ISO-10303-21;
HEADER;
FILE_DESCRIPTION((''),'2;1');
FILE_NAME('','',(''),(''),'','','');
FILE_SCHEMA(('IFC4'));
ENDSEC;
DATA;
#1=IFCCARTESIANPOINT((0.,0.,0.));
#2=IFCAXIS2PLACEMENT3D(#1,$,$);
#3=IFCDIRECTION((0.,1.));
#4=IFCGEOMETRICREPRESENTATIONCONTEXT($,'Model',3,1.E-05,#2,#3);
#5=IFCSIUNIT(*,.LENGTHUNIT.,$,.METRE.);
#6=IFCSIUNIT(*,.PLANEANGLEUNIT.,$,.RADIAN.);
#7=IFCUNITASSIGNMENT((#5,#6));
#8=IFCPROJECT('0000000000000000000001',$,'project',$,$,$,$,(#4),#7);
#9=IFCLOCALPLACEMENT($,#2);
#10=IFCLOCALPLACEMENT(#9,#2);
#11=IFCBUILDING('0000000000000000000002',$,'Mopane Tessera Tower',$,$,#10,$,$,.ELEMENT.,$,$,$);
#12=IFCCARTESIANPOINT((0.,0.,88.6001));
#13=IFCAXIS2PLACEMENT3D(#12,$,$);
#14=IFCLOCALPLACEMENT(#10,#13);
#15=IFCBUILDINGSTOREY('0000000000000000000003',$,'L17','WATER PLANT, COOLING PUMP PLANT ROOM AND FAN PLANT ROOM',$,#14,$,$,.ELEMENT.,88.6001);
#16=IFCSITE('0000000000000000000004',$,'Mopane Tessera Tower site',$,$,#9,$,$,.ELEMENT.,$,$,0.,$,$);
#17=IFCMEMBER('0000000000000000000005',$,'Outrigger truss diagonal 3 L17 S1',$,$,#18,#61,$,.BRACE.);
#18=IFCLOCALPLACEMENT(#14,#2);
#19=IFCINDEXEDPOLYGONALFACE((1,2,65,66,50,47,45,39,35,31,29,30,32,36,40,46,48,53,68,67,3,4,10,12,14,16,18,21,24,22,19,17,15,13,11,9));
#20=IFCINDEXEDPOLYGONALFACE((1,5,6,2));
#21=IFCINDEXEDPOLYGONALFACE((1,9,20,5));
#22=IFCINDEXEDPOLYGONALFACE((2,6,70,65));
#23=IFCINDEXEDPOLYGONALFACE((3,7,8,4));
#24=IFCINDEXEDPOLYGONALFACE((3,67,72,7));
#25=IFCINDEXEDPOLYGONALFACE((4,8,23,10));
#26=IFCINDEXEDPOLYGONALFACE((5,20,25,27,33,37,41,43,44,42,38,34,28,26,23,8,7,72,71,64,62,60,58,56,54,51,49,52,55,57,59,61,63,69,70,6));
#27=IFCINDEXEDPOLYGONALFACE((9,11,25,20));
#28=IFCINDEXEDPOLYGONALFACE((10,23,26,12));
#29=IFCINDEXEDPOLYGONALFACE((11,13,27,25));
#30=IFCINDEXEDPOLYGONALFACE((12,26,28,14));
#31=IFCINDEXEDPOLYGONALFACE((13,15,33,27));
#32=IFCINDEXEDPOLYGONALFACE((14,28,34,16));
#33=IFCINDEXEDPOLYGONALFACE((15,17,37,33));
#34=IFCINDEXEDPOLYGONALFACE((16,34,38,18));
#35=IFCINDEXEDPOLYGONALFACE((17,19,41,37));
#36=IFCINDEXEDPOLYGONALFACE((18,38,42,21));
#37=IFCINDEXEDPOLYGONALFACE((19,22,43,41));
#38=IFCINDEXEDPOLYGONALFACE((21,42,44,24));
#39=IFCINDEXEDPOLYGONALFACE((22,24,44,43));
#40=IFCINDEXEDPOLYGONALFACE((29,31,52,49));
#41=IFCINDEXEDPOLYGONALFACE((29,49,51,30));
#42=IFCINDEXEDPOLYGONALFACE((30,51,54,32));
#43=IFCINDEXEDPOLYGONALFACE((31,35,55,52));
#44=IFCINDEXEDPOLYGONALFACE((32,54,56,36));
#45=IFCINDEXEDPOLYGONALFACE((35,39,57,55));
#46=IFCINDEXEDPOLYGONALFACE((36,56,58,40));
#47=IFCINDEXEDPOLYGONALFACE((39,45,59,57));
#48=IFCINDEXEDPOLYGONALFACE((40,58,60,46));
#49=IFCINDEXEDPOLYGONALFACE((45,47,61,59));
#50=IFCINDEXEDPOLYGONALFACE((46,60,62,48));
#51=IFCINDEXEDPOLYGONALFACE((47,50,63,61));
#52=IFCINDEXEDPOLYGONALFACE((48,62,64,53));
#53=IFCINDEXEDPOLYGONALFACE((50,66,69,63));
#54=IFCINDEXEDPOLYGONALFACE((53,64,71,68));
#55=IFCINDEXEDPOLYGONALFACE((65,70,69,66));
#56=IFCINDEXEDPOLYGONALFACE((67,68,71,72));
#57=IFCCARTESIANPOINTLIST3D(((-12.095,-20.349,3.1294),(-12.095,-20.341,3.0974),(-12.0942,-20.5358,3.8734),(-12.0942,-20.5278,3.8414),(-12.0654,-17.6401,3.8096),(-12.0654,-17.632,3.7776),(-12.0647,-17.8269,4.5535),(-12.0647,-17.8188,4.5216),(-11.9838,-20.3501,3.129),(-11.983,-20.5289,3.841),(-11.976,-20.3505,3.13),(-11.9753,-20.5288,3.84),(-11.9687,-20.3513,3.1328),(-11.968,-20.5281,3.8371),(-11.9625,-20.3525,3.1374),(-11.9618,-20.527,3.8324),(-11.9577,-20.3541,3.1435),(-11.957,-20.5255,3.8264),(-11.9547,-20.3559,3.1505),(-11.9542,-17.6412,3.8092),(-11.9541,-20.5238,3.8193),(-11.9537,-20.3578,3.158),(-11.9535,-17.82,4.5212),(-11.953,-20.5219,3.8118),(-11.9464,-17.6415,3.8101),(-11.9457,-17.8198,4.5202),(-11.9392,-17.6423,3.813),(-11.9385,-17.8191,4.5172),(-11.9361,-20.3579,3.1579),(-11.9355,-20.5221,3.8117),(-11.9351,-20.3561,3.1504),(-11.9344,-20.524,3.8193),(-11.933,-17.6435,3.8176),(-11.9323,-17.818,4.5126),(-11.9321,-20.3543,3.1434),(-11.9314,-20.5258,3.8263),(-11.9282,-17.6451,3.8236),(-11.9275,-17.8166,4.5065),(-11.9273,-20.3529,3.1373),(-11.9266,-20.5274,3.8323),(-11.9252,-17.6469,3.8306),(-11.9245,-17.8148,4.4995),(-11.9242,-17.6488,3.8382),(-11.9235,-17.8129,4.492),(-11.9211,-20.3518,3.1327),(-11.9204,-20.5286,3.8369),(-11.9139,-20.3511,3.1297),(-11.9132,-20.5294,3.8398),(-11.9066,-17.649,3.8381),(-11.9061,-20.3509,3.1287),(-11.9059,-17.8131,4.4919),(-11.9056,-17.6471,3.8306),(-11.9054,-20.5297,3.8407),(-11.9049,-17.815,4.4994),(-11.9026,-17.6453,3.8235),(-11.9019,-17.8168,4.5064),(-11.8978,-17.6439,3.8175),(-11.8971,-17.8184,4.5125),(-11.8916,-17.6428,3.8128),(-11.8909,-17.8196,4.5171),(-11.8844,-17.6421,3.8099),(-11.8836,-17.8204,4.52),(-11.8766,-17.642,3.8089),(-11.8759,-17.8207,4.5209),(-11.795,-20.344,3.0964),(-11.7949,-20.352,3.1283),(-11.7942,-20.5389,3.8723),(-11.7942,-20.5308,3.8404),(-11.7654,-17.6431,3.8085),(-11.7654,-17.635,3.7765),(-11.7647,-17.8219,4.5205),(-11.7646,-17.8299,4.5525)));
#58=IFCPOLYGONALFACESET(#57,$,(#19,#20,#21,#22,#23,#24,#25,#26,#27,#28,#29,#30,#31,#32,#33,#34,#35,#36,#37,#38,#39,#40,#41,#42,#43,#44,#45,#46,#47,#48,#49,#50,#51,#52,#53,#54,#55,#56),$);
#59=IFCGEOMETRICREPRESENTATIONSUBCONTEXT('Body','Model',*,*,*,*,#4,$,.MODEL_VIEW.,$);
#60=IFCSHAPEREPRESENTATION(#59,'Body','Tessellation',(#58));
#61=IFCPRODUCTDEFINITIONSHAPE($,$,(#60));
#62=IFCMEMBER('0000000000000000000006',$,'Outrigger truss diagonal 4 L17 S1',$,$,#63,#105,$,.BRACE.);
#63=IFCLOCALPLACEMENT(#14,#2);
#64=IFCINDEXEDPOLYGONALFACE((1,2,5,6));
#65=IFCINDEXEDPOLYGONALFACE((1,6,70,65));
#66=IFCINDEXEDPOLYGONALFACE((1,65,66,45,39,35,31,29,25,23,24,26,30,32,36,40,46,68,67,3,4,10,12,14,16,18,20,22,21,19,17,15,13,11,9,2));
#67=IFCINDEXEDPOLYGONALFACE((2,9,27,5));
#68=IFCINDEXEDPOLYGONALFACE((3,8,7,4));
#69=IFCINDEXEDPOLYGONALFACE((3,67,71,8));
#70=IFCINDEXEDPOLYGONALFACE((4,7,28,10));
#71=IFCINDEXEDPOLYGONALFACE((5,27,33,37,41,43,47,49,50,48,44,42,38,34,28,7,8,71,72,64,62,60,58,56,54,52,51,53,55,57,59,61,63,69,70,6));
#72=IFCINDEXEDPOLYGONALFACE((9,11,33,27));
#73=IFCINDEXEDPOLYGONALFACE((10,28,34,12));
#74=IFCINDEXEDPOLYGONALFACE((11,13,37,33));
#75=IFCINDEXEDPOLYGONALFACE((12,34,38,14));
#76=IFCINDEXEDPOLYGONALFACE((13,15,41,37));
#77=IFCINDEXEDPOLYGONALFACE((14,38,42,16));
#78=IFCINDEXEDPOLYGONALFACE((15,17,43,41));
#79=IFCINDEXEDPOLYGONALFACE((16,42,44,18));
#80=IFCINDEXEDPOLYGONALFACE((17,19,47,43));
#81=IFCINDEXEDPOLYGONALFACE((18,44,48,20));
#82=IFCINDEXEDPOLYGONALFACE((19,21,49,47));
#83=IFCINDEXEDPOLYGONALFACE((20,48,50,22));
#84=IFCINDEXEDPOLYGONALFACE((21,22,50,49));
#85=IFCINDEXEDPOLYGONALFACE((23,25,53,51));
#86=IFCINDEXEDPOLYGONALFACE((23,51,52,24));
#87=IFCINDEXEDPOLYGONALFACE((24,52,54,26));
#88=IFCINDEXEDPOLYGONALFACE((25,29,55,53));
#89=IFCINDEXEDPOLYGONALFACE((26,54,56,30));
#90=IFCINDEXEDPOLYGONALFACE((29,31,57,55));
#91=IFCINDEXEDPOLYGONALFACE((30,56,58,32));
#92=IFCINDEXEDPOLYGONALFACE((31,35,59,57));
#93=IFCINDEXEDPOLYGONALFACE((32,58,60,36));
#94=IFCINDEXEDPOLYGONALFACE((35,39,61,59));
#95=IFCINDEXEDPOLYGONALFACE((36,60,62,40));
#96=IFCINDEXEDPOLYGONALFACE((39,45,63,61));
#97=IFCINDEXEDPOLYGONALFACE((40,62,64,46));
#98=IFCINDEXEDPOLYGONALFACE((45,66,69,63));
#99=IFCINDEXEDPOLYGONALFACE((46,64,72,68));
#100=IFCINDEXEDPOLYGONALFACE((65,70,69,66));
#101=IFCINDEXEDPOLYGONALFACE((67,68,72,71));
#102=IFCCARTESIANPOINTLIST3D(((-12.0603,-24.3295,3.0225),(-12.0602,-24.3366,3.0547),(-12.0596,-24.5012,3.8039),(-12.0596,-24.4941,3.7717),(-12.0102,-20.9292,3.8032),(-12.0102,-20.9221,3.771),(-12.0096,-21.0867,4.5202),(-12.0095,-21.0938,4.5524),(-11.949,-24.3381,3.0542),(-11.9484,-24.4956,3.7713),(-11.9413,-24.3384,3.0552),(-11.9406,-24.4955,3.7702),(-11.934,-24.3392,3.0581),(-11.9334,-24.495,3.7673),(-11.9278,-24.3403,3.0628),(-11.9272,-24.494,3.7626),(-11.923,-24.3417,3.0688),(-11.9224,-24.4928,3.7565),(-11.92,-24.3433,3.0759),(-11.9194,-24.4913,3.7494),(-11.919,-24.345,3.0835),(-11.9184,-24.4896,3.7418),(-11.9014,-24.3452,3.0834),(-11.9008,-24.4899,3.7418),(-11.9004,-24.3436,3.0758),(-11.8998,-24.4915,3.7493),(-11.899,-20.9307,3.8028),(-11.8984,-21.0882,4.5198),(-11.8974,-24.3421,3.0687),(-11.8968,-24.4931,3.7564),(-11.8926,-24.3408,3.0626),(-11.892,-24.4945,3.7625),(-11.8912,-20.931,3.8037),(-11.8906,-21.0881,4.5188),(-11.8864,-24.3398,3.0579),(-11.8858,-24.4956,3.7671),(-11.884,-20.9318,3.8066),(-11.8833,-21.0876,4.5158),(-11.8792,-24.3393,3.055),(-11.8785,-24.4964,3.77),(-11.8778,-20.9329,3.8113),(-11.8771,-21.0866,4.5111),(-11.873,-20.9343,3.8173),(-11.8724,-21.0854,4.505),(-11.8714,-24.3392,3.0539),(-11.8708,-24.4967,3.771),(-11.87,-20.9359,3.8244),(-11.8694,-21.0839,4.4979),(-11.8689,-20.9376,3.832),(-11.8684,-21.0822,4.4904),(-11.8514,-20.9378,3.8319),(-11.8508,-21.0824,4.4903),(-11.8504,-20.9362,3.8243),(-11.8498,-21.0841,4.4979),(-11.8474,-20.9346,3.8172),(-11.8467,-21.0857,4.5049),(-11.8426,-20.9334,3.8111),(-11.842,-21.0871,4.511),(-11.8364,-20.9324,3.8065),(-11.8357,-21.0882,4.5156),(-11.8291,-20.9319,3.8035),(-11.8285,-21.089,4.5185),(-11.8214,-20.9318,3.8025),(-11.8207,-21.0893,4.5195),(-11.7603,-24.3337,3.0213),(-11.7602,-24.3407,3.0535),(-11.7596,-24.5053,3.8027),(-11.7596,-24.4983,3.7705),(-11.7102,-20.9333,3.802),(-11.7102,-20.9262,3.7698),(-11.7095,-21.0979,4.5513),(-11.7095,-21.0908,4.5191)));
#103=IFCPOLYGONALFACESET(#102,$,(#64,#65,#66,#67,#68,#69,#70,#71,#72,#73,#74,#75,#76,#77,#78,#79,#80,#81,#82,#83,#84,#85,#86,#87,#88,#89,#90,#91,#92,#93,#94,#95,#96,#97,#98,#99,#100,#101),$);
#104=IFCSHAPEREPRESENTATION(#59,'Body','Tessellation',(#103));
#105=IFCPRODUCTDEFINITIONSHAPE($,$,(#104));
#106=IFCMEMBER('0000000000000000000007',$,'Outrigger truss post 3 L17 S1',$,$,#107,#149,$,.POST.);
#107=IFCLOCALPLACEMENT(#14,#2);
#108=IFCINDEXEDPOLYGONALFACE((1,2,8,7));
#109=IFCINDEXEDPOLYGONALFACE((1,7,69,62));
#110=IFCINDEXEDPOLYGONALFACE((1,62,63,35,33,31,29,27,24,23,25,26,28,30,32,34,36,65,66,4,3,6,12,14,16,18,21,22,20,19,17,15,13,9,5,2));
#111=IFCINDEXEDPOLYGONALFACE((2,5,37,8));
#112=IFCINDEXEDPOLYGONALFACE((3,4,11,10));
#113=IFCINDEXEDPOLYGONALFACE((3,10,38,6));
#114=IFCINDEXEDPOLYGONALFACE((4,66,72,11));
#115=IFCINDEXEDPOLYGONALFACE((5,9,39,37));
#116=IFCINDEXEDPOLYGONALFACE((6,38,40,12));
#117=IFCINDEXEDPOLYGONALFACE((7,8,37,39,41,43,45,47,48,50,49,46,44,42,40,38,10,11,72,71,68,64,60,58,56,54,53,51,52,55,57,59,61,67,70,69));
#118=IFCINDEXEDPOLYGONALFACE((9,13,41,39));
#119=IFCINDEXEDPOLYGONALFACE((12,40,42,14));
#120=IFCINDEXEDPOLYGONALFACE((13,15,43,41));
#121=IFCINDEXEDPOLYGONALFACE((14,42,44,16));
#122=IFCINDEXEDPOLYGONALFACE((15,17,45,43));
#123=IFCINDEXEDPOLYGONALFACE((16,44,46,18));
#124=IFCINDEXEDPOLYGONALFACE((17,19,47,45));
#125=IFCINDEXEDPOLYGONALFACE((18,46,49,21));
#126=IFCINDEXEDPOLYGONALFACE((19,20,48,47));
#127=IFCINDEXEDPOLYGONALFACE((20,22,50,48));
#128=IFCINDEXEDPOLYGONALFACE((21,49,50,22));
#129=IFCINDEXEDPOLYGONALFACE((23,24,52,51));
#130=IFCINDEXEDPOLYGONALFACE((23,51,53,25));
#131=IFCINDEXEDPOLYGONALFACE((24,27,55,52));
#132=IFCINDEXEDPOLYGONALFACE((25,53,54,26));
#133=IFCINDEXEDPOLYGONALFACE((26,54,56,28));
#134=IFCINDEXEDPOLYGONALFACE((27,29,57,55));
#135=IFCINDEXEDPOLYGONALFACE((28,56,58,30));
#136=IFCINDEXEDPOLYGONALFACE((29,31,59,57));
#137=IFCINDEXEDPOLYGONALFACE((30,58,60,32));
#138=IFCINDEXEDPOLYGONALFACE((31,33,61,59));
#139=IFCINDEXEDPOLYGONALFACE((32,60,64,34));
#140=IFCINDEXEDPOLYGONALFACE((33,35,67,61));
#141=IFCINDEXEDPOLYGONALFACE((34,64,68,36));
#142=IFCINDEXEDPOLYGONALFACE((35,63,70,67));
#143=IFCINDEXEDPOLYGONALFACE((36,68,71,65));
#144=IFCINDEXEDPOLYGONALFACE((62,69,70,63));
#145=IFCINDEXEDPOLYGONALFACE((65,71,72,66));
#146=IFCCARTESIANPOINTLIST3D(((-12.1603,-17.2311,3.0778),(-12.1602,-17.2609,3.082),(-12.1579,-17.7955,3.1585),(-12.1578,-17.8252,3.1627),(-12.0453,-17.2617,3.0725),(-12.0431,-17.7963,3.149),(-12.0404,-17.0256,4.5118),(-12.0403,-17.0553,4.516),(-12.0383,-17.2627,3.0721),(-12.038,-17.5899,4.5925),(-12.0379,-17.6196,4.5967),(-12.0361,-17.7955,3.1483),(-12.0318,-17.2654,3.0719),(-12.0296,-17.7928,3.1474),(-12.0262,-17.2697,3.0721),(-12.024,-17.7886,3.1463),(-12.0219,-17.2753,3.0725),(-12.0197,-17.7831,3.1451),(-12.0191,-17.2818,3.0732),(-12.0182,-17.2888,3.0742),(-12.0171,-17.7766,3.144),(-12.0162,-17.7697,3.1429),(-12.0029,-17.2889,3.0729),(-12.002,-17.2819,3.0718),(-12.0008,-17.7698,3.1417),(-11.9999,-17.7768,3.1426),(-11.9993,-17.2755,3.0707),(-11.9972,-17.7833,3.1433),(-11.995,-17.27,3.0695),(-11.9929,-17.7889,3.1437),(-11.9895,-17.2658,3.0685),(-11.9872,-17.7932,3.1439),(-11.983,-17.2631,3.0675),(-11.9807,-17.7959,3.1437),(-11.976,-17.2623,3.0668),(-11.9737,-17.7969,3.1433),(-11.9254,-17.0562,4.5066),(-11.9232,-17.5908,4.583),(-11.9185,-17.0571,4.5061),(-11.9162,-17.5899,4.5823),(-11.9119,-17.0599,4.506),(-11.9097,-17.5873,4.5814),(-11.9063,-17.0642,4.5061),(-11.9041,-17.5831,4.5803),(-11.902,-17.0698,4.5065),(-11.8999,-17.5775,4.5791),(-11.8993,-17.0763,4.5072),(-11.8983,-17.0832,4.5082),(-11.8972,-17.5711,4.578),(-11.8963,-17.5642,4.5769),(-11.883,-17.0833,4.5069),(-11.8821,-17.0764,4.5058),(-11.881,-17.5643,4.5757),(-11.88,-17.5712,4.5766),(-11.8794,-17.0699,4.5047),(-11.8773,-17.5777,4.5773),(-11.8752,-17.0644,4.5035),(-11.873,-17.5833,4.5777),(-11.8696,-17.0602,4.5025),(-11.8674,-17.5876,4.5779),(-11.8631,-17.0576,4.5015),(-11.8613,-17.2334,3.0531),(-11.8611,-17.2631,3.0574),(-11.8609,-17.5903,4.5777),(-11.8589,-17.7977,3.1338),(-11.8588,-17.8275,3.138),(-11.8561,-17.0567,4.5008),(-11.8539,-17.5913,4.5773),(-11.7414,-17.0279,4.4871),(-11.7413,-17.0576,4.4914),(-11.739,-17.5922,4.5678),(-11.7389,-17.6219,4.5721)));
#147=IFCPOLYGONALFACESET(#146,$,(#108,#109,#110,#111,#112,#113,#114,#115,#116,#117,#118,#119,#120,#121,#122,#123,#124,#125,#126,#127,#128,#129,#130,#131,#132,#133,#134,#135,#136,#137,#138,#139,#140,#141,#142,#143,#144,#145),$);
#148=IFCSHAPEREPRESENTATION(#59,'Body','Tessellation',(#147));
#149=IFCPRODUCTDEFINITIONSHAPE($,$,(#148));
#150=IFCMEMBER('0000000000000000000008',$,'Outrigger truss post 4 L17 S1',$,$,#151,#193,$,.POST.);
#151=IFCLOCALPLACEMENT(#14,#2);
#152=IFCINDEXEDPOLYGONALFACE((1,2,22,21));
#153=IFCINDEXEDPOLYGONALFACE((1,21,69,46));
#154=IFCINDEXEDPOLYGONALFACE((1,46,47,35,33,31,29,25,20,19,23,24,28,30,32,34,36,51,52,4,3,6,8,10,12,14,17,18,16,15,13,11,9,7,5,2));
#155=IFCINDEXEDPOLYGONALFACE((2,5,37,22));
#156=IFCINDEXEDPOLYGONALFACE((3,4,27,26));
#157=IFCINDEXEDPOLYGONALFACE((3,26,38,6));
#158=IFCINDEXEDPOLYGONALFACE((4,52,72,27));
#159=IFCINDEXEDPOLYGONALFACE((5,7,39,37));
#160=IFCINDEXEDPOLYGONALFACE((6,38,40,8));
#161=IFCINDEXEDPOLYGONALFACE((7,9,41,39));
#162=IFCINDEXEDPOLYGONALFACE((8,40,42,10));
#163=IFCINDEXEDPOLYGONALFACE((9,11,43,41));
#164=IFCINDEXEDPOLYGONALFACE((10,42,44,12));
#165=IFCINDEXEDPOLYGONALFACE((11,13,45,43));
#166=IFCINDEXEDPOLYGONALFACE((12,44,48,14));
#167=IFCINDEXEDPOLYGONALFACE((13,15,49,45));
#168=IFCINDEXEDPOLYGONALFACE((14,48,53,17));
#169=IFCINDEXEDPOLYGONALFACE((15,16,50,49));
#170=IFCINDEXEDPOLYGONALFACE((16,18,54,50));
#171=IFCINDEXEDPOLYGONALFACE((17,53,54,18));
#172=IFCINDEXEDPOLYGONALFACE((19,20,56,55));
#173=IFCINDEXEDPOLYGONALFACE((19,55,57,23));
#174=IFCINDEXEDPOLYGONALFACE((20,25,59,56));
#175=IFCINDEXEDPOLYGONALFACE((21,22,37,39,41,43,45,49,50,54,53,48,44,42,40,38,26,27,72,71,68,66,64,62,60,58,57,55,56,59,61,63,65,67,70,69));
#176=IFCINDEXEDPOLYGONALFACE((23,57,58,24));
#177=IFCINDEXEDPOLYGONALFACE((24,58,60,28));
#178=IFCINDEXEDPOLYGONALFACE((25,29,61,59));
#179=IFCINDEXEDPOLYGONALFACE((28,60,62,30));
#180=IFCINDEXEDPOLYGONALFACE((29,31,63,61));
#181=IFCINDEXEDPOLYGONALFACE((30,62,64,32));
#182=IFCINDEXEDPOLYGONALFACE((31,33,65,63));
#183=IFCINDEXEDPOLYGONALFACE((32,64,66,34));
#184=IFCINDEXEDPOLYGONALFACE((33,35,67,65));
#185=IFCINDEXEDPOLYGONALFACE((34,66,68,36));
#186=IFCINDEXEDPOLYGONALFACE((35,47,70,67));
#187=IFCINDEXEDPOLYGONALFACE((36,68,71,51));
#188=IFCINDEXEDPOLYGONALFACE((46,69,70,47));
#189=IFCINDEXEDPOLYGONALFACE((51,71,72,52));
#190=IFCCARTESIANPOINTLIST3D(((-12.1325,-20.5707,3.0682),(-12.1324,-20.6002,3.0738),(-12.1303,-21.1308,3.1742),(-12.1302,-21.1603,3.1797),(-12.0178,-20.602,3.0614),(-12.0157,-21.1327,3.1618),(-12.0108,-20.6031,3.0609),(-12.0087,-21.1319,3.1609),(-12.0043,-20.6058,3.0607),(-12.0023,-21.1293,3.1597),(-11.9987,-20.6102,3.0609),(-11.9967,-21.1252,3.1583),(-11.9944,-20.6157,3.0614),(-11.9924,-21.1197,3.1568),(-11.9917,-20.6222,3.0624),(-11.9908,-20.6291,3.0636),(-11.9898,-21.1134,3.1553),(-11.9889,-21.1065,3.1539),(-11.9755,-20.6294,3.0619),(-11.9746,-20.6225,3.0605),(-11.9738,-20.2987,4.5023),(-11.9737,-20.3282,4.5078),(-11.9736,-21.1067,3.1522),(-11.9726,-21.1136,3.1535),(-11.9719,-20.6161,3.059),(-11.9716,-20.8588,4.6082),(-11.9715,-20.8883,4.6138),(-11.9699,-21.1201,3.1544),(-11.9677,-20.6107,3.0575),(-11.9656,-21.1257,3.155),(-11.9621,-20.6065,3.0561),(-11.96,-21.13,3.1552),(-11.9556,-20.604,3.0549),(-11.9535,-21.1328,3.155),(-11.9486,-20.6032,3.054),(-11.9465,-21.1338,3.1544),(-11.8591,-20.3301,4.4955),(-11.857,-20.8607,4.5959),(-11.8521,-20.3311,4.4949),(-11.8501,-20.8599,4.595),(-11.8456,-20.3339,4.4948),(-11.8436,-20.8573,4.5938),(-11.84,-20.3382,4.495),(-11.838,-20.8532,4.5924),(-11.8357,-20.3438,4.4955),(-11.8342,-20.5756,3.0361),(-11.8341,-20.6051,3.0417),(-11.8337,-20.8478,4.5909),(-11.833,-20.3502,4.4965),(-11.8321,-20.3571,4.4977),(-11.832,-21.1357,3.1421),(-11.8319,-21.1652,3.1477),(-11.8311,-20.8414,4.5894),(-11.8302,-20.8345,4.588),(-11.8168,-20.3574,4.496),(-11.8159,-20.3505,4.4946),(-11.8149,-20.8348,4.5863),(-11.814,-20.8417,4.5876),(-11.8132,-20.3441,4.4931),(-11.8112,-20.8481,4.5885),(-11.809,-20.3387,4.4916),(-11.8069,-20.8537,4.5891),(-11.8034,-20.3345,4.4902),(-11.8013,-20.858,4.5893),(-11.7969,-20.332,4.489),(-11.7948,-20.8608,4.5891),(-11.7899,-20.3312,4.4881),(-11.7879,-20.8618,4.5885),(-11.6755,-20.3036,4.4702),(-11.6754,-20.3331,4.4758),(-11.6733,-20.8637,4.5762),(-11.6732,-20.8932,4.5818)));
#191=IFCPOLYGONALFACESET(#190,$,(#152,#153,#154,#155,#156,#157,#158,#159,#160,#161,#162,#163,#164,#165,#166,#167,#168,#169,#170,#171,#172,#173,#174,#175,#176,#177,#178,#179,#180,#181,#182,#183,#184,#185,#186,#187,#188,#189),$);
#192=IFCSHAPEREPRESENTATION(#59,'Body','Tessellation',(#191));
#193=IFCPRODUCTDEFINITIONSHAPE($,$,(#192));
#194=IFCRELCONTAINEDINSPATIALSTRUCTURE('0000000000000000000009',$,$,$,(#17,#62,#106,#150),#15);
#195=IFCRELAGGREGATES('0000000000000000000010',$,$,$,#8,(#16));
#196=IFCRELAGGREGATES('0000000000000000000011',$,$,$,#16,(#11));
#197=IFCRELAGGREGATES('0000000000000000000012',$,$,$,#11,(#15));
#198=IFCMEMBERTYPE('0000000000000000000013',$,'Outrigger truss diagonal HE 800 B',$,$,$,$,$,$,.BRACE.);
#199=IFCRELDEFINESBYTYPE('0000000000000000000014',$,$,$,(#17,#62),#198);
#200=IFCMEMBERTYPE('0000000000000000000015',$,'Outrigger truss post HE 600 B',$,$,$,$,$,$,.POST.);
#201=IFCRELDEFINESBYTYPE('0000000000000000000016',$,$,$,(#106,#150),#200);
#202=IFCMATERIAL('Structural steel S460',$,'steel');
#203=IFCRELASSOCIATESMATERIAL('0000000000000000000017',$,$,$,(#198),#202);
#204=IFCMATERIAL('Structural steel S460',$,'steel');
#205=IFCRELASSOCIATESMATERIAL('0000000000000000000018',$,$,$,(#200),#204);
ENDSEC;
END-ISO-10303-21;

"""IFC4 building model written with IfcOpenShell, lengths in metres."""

from ifc_helpers import new_model, si_unit, direction, frame, origin, origin_2d, place, context, subcontext, project, spatial, i_section, extrude, material, material_profile, profile_set, type_object, element, save


model = new_model("IFC4")

# Units and contexts
model_context = context("Model", 3, precision=1e-05, world=origin(), true_north=direction((0.0, 1.0)))
body_context = subcontext(model_context, "Body", "Model", "MODEL_VIEW")
ifc_project = project(units=[si_unit("LENGTHUNIT", "METRE"), si_unit("PLANEANGLEUNIT", "RADIAN")], contexts=[model_context])

# Site, building, storey
site_placement = place(None, origin())
site = spatial("IfcSite", under=ifc_project, at=site_placement, Name="Mopane Tessera Tower site", CompositionType="ELEMENT", RefElevation=0.0)
building_placement = place(site_placement, origin())
building = spatial("IfcBuilding", under=site, at=building_placement, Name="Mopane Tessera Tower", CompositionType="ELEMENT")
storey_placement = place(building_placement, frame((0.0, 0.0, 88.6001)))
storey = spatial("IfcBuildingStorey", under=building, at=storey_placement, Name="L17", Description="WATER PLANT, COOLING PUMP PLANT ROOM AND FAN PLANT ROOM", CompositionType="ELEMENT", Elevation=88.6001)

# Members
ifc_material_1 = material(Name="Structural steel S460", Category="steel")
ifc_material_profile_1 = material_profile(ifc_material_1, i_section(OverallWidth=0.3, OverallDepth=0.8, WebThickness=0.0176, FlangeThickness=0.033, FilletRadius=0.03, at=origin_2d()))
ifc_profile_set_1 = profile_set([ifc_material_profile_1], Name="Structural steel S460")
member_type_1 = type_object("IfcMemberType", Name="Outrigger truss diagonal HE 800 B", PredefinedType="BRACE", material=ifc_profile_set_1)
member_1_placement = place(storey_placement, frame((-11.915, -17.731, 4.165), z_axis=(-0.010576, -0.969841, -0.243509), x_axis=(0.999944, -0.010019, -0.003524)))
element("IfcMember", 1, at=member_1_placement, inside=storey, type_object=member_type_1, Name="Outrigger truss diagonal 3 L17 S1", PredefinedType="BRACE", context=body_context, shape_type="SweptSolid", body=[
    extrude(i_section(OverallWidth=0.3, OverallDepth=0.8, WebThickness=0.0176, FlangeThickness=0.033, FilletRadius=0.03, at=origin_2d()), origin(), (0.0, 0.0, 1.0), 2.7932),
])
member_2_placement = place(storey_placement, frame((-11.8599, -21.01, 4.1611), z_axis=(-0.014344, -0.976611, -0.214537), x_axis=(0.999897, -0.013823, -0.00393)))
element("IfcMember", 2, at=member_2_placement, inside=storey, type_object=member_type_1, Name="Outrigger truss diagonal 4 L17 S1", PredefinedType="BRACE", context=body_context, shape_type="SweptSolid", body=[
    extrude(i_section(OverallWidth=0.3, OverallDepth=0.8, WebThickness=0.0176, FlangeThickness=0.033, FilletRadius=0.03, at=origin_2d()), origin(), (0.0, 0.0, 1.0), 3.489),
])
ifc_material_2 = material(Name="Structural steel S460", Category="steel")
ifc_material_profile_2 = material_profile(ifc_material_2, i_section(OverallWidth=0.3, OverallDepth=0.6001, WebThickness=0.0154, FlangeThickness=0.03, FilletRadius=0.0271, at=origin_2d()))
ifc_profile_set_2 = profile_set([ifc_material_profile_2], Name="Structural steel S460")
member_type_2 = type_object("IfcMemberType", Name="Outrigger truss post HE 600 B", PredefinedType="POST", material=ifc_profile_set_2)
member_3_placement = place(storey_placement, frame((-12.0095, -17.5293, 3.1079), z_axis=(0.082461, 0.14141, 0.986511), x_axis=(0.996586, -0.007569, -0.082218)))
element("IfcMember", 3, at=member_3_placement, inside=storey, type_object=member_type_2, Name="Outrigger truss post 3 L17 S1", PredefinedType="POST", context=body_context, shape_type="SweptSolid", body=[
    extrude(i_section(OverallWidth=0.3, OverallDepth=0.6001, WebThickness=0.0154, FlangeThickness=0.03, FilletRadius=0.0271, at=origin_2d()), origin(), (0.0, 0.0, 1.0), 1.4536),
])
member_4_placement = place(storey_placement, frame((-11.9822, -20.8679, 3.1079), z_axis=(0.108082, 0.185237, 0.976732), x_axis=(0.994134, -0.016307, -0.106915)))
element("IfcMember", 4, at=member_4_placement, inside=storey, type_object=member_type_2, Name="Outrigger truss post 4 L17 S1", PredefinedType="POST", context=body_context, shape_type="SweptSolid", body=[
    extrude(i_section(OverallWidth=0.3, OverallDepth=0.6001, WebThickness=0.0154, FlangeThickness=0.03, FilletRadius=0.0271, at=origin_2d()), origin(), (0.0, 0.0, 1.0), 1.4683),
])

save(model, "model.ifc")
